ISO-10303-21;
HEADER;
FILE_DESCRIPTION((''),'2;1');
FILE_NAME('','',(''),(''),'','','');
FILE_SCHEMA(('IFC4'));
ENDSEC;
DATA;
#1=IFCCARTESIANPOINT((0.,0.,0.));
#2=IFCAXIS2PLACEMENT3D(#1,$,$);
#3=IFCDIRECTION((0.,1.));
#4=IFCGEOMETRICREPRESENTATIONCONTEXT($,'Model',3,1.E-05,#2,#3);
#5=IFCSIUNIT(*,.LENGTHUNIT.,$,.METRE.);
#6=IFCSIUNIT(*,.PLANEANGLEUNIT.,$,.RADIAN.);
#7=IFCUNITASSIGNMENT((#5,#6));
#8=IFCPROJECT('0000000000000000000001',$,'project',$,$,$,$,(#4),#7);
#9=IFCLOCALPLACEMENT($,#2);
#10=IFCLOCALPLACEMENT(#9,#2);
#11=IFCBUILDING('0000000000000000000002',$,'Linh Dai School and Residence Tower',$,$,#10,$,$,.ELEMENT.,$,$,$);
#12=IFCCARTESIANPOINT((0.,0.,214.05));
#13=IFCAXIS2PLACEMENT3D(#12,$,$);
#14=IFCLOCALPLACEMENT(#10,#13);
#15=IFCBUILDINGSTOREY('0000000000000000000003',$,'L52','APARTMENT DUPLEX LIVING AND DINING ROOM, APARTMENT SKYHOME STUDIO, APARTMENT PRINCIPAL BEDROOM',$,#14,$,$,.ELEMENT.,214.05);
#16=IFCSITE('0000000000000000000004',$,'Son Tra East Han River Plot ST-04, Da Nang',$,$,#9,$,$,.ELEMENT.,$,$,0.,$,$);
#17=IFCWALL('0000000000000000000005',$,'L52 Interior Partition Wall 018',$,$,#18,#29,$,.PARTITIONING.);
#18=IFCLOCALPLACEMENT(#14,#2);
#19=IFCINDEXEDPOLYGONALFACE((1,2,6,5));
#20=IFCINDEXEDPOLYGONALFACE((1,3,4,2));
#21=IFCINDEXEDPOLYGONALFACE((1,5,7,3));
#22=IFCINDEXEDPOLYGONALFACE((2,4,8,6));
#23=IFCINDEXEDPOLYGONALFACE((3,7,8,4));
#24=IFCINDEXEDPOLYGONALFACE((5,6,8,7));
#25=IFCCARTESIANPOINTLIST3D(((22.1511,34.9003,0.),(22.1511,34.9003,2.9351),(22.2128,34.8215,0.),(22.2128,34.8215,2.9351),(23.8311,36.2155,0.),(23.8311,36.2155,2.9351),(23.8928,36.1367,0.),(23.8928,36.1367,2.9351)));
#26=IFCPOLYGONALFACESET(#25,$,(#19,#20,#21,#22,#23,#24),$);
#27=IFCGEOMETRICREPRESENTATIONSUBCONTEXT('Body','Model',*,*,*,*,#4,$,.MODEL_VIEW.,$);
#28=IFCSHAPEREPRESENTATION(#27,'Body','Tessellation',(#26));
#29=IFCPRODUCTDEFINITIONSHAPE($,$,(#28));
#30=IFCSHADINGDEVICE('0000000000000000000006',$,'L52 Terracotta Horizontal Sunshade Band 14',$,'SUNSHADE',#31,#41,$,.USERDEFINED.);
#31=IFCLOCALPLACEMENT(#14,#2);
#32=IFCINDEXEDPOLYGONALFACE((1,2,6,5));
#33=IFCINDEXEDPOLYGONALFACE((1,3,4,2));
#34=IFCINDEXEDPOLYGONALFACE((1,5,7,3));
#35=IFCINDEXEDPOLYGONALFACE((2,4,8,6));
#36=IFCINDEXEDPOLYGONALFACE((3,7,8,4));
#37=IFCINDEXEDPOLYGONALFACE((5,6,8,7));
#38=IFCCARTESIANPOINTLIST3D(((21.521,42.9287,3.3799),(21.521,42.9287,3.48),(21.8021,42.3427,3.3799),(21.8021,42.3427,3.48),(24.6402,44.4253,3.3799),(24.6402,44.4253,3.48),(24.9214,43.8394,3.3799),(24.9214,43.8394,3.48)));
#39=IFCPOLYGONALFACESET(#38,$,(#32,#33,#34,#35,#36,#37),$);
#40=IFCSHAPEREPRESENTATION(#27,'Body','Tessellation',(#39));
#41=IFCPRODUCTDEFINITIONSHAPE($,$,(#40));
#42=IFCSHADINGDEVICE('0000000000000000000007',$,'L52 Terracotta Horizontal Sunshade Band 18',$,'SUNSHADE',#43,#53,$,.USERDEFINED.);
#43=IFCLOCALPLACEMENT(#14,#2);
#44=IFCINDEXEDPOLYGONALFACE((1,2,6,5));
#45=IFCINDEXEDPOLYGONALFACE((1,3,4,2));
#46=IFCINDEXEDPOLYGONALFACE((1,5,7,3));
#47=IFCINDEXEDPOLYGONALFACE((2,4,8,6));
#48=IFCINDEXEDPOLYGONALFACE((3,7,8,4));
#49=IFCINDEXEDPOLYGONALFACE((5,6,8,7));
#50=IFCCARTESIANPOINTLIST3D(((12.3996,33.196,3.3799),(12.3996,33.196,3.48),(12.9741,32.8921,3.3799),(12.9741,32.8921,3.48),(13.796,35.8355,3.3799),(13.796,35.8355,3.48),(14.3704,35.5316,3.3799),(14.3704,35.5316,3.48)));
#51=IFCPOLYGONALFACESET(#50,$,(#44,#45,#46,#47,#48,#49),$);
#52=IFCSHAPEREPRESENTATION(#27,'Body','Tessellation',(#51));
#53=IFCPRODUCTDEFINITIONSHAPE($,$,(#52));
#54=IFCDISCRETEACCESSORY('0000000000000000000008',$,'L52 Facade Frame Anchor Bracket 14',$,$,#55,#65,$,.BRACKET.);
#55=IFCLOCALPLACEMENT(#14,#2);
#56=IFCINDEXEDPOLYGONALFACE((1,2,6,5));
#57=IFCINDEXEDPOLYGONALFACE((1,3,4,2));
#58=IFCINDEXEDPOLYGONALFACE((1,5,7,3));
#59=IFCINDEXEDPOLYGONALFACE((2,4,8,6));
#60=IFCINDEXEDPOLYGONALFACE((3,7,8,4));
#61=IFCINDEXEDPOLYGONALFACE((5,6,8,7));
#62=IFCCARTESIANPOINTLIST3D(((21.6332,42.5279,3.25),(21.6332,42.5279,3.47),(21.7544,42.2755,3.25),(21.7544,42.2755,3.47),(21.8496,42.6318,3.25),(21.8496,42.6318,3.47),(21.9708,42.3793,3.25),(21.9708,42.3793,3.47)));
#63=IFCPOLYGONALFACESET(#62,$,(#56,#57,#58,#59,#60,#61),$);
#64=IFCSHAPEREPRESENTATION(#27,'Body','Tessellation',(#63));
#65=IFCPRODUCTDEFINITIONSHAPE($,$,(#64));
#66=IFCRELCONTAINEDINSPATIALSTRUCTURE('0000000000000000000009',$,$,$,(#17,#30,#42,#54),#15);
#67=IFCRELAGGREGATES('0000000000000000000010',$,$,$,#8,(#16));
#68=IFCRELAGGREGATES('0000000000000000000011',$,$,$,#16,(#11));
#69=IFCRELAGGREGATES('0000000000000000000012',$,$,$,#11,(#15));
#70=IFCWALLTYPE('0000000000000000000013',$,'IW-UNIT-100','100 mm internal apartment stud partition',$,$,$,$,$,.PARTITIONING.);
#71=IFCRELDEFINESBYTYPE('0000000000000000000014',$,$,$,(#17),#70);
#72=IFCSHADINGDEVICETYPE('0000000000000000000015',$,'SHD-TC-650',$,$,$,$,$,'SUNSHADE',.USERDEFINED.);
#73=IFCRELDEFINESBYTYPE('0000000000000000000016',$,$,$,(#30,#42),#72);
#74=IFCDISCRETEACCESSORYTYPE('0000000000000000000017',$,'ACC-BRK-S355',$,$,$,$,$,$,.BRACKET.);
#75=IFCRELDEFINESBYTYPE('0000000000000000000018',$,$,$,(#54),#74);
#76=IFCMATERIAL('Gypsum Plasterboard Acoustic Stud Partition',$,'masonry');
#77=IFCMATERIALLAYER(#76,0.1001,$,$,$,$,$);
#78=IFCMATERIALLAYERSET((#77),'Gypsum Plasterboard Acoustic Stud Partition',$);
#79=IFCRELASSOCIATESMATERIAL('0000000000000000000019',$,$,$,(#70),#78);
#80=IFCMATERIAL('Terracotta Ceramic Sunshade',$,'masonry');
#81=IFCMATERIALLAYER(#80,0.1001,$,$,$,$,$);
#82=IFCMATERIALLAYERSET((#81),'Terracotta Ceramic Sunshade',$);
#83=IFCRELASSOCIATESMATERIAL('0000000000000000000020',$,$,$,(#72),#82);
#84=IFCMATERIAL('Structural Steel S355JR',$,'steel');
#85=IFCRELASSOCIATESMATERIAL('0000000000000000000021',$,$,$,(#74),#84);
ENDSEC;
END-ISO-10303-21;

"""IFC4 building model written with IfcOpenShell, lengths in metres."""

from ifc_helpers import new_model, si_unit, direction, frame, frame_2d, origin, origin_2d, place, context, subcontext, project, spatial, rectangle, extrude, source, transform, mapped, material, layer, layer_set, type_object, element, save


model = new_model("IFC4")

# Units and contexts
model_context = context("Model", 3, precision=1e-05, world=origin(), true_north=direction((0.0, 1.0)))
body_context = subcontext(model_context, "Body", "Model", "MODEL_VIEW")
ifc_project = project(units=[si_unit("LENGTHUNIT", "METRE"), si_unit("PLANEANGLEUNIT", "RADIAN")], contexts=[model_context])

# Site, building, storey
site_placement = place(None, origin())
site = spatial("IfcSite", under=ifc_project, at=site_placement, Name="Son Tra East Han River Plot ST-04, Da Nang", CompositionType="ELEMENT", RefElevation=0.0)
building_placement = place(site_placement, origin())
building = spatial("IfcBuilding", under=site, at=building_placement, Name="Linh Dai School and Residence Tower", CompositionType="ELEMENT")
storey_placement = place(building_placement, frame((0.0, 0.0, 214.05)))
storey = spatial("IfcBuildingStorey", under=building, at=storey_placement, Name="L52", Description="APARTMENT DUPLEX LIVING AND DINING ROOM, APARTMENT SKYHOME STUDIO, APARTMENT PRINCIPAL BEDROOM", CompositionType="ELEMENT", Elevation=214.05)

# Shared definitions
ifc_material_1 = material(Name="Structural Steel S355JR", Category="steel")

# Wall
ifc_material_2 = material(Name="Gypsum Plasterboard Acoustic Stud Partition", Category="masonry")
ifc_layer_1 = layer(ifc_material_2, 0.1001)
ifc_layer_set_1 = layer_set([ifc_layer_1], Name="Gypsum Plasterboard Acoustic Stud Partition")
wall_type_1 = type_object("IfcWallType", Name="IW-UNIT-100", Description="100 mm internal apartment stud partition", PredefinedType="PARTITIONING", material=ifc_layer_set_1)
wall_1_placement = place(storey_placement, frame((22.1819, 34.8608, 0.0), z_axis=(0.0, 0.0, 1.0), x_axis=(0.787401, 0.616441, 0.0)))
element("IfcWall", 1, at=wall_1_placement, inside=storey, type_object=wall_type_1, Name="L52 Interior Partition Wall 018", PredefinedType="PARTITIONING", context=body_context, shape_type="SweptSolid", body=[
    extrude(rectangle(XDim=2.1335, YDim=0.1001, at=frame_2d((1.0669, 0.0))), origin(), (0.0, 0.0, 1.0), 2.9351),
])

# Shading devices
ifc_material_3 = material(Name="Terracotta Ceramic Sunshade", Category="masonry")
ifc_layer_2 = layer(ifc_material_3, 0.1001)
ifc_layer_set_2 = layer_set([ifc_layer_2], Name="Terracotta Ceramic Sunshade")
shading_device_type = type_object("IfcShadingDeviceType", Name="SHD-TC-650", ElementType="SUNSHADE", PredefinedType="USERDEFINED", material=ifc_layer_set_2)
shared_shape_1 = source(origin(), body_context, "Body", "SweptSolid", [
    extrude(rectangle(XDim=3.4597, YDim=0.6499, at=origin_2d()), origin(), (0.0, 0.0, 1.0), 0.1001),
])
shading_device_1_placement = place(storey_placement, frame((23.2212, 43.384, 3.3799), z_axis=(0.0, 0.0, 1.0), x_axis=(0.901589, 0.432594, 0.0)))
element("IfcShadingDevice", 2, at=shading_device_1_placement, inside=storey, type_object=shading_device_type, Name="L52 Terracotta Horizontal Sunshade Band 14", ObjectType="SUNSHADE", PredefinedType="USERDEFINED", context=body_context, shape_type="MappedRepresentation", body=[
    mapped(shared_shape_1, transform((0.0, 0.0, 0.0), x_axis=(1.0, 0.0, 0.0), y_axis=(0.0, 1.0, 0.0), z_axis=(0.0, 0.0, 1.0), scale=1.0)),
])
shared_shape_2 = source(origin(), body_context, "Body", "SweptSolid", [
    extrude(rectangle(XDim=2.9861, YDim=0.6499, at=origin_2d()), origin(), (0.0, 0.0, 1.0), 0.1001),
])
shading_device_2_placement = place(storey_placement, frame((13.385, 34.3638, 3.3799), z_axis=(0.0, 0.0, 1.0), x_axis=(0.467621, 0.883929, 0.0)))
element("IfcShadingDevice", 3, at=shading_device_2_placement, inside=storey, type_object=shading_device_type, Name="L52 Terracotta Horizontal Sunshade Band 18", ObjectType="SUNSHADE", PredefinedType="USERDEFINED", context=body_context, shape_type="MappedRepresentation", body=[
    mapped(shared_shape_2, transform((0.0, 0.0, 0.0), x_axis=(1.0, 0.0, 0.0), y_axis=(0.0, 1.0, 0.0), z_axis=(0.0, 0.0, 1.0), scale=1.0)),
])

# Discrete accessory
discrete_accessory_type = type_object("IfcDiscreteAccessoryType", Name="ACC-BRK-S355", PredefinedType="BRACKET", material=ifc_material_1)
shared_shape_3 = source(origin(), body_context, "Body", "SweptSolid", [
    extrude(rectangle(XDim=0.28, YDim=0.24, at=origin_2d()), origin(), (0.0, 0.0, 1.0), 0.22),
])
discrete_accessory_placement = place(storey_placement, frame((21.802, 42.4536, 3.25), z_axis=(0.0, 0.0, 1.0), x_axis=(-0.432594, 0.901589, 0.0)))
element("IfcDiscreteAccessory", 4, at=discrete_accessory_placement, inside=storey, type_object=discrete_accessory_type, Name="L52 Facade Frame Anchor Bracket 14", PredefinedType="BRACKET", context=body_context, shape_type="MappedRepresentation", body=[
    mapped(shared_shape_3, transform((0.0, 0.0, 0.0), x_axis=(1.0, 0.0, 0.0), y_axis=(0.0, 1.0, 0.0), z_axis=(0.0, 0.0, 1.0), scale=1.0)),
])

save(model, "model.ifc")
